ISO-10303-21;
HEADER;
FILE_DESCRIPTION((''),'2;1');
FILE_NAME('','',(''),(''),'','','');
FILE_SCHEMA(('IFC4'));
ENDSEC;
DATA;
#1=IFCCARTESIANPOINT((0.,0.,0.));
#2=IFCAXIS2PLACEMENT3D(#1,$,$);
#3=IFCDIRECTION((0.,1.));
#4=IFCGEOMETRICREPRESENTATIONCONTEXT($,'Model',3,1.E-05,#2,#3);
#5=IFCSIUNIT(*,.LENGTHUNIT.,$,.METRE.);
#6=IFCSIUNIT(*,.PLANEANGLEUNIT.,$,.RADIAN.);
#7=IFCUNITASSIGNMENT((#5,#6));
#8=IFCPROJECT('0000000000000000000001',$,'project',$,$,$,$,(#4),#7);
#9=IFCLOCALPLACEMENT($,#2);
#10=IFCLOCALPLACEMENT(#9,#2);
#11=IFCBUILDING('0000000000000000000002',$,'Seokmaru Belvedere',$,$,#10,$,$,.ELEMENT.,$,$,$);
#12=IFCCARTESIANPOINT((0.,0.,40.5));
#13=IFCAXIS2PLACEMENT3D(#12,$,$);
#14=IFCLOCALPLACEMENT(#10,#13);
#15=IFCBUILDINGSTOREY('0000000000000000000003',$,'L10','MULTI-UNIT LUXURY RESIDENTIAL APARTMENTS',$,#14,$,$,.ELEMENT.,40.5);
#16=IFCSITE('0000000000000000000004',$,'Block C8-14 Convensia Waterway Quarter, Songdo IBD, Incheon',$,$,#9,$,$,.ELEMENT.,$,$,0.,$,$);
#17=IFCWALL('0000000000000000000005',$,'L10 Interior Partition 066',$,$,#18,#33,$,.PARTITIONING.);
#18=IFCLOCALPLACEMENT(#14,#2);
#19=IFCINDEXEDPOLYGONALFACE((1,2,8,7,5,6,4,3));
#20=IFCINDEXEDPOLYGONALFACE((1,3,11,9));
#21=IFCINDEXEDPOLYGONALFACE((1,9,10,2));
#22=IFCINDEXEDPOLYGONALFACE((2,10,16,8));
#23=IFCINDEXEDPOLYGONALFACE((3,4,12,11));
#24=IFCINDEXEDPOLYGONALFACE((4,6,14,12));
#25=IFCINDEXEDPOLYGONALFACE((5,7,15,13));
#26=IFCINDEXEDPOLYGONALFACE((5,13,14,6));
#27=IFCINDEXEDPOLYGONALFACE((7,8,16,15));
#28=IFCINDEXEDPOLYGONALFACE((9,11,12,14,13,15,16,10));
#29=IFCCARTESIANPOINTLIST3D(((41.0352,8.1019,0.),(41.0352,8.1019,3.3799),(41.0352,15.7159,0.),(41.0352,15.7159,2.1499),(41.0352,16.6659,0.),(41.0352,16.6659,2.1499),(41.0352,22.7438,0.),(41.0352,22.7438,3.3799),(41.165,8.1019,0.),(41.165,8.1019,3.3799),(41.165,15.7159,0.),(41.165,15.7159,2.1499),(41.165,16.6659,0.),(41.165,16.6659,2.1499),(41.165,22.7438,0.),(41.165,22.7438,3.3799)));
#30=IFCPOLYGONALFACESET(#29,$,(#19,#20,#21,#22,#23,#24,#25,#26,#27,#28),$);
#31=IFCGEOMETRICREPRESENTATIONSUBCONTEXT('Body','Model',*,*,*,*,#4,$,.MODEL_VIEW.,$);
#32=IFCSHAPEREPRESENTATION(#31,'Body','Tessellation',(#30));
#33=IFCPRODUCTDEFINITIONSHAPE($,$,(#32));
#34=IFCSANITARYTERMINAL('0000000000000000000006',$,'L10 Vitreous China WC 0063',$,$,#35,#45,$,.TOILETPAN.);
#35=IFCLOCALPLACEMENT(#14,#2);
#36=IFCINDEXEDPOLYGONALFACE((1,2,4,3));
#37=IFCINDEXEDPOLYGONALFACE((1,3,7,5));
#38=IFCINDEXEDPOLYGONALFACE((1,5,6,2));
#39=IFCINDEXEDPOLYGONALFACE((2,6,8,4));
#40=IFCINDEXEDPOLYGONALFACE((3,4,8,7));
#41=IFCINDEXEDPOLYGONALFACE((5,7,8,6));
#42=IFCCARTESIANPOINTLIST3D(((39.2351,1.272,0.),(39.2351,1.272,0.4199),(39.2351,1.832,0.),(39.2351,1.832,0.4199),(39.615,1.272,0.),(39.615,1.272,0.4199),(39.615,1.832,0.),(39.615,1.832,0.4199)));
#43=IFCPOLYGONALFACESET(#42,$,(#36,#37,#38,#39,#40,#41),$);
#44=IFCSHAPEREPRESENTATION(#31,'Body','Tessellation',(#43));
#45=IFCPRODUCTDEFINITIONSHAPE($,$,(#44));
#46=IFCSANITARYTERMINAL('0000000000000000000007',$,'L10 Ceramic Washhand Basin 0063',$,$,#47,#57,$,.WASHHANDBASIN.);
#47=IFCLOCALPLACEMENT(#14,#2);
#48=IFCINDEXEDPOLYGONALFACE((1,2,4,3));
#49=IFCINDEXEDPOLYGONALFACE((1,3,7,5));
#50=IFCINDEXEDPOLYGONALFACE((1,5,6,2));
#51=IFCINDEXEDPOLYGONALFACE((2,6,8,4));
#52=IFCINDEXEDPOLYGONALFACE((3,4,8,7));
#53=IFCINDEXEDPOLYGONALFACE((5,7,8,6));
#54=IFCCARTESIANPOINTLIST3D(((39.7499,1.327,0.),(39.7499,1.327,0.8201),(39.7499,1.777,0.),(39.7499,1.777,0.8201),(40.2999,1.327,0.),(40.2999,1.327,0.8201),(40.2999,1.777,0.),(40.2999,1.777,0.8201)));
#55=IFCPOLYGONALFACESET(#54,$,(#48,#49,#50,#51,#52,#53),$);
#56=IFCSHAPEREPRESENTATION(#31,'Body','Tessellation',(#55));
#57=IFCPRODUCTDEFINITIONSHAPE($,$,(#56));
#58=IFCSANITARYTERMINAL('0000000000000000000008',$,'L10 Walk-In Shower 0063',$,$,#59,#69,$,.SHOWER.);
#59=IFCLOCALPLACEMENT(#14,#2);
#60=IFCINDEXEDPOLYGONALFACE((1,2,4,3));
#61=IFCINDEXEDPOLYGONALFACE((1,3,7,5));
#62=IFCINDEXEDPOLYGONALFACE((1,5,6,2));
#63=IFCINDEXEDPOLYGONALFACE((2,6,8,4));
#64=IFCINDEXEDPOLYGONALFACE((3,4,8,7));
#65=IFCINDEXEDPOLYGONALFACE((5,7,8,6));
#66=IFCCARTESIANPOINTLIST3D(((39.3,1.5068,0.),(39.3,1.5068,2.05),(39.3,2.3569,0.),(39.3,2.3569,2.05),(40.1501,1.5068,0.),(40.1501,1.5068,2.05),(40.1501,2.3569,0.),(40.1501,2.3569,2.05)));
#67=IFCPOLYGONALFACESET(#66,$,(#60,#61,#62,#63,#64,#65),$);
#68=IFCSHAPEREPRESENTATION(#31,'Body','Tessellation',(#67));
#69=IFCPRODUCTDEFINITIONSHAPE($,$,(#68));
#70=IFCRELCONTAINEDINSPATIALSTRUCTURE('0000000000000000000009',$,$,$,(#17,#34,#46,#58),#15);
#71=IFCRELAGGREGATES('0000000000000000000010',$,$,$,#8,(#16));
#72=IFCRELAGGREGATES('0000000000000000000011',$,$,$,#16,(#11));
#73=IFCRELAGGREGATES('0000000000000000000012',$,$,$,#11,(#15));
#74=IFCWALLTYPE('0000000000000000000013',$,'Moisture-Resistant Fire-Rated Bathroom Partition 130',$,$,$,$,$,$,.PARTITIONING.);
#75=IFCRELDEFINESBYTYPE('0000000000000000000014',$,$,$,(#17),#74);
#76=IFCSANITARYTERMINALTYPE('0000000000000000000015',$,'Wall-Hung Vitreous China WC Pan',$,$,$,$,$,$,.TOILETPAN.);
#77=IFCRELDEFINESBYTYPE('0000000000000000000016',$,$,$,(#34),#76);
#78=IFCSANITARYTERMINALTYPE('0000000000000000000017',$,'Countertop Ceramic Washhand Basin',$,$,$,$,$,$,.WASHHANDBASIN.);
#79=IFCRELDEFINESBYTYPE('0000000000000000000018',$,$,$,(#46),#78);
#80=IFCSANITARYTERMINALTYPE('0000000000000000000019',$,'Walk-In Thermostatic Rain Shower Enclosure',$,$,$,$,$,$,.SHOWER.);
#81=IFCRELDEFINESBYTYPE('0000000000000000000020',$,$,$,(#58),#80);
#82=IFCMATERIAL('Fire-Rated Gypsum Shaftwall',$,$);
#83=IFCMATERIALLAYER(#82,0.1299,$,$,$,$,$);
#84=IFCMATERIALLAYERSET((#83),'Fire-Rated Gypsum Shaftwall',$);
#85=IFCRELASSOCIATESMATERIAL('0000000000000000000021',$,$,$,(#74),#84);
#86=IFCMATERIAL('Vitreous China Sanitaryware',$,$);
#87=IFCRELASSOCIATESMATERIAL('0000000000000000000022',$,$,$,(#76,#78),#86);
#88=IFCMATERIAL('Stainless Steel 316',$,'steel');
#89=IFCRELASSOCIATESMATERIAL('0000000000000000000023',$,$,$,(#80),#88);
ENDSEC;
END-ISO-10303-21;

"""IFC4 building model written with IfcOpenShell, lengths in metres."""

from ifc_helpers import new_model, si_unit, direction, frame, frame_2d, origin, origin_2d, place, context, subcontext, project, spatial, rectangle, extrude, source, transform, mapped, material, layer, layer_set, type_object, type_shapes, element, save


model = new_model("IFC4")

# Units and contexts
model_context = context("Model", 3, precision=1e-05, world=origin(), true_north=direction((0.0, 1.0)))
body_context = subcontext(model_context, "Body", "Model", "MODEL_VIEW")
ifc_project = project(units=[si_unit("LENGTHUNIT", "METRE"), si_unit("PLANEANGLEUNIT", "RADIAN")], contexts=[model_context])

# Site, building, storey
site_placement = place(None, origin())
site = spatial("IfcSite", under=ifc_project, at=site_placement, Name="Block C8-14 Convensia Waterway Quarter, Songdo IBD, Incheon", CompositionType="ELEMENT", RefElevation=0.0)
building_placement = place(site_placement, origin())
building = spatial("IfcBuilding", under=site, at=building_placement, Name="Seokmaru Belvedere", CompositionType="ELEMENT")
storey_placement = place(building_placement, frame((0.0, 0.0, 40.5)))
storey = spatial("IfcBuildingStorey", under=building, at=storey_placement, Name="L10", Description="MULTI-UNIT LUXURY RESIDENTIAL APARTMENTS", CompositionType="ELEMENT", Elevation=40.5)

# Shared definitions
ifc_material_1 = material(Name="Fire-Rated Gypsum Shaftwall")

# Shared definitions
ifc_layer_1 = layer(ifc_material_1, 0.1299)
ifc_layer_set_1 = layer_set([ifc_layer_1], Name="Fire-Rated Gypsum Shaftwall")
wall_type_1 = type_object("IfcWallType", Name="Moisture-Resistant Fire-Rated Bathroom Partition 130", PredefinedType="PARTITIONING", material=ifc_layer_set_1)

# Wall, opening
wall_1_placement = place(storey_placement, frame((41.1001, 8.1021, 0.0), z_axis=(0.0, 0.0, 1.0), x_axis=(0.0, 1.0, 0.0)))
wall_1 = element("IfcWall", 1, at=wall_1_placement, inside=storey, type_object=wall_type_1, Name="L10 Interior Partition 066", PredefinedType="PARTITIONING", context=body_context, shape_type="SweptSolid", body=[
    extrude(rectangle(XDim=14.6418, YDim=0.1299, at=frame_2d((7.3208, 0.0))), origin(), (0.0, 0.0, 1.0), 3.3799),
])
opening_1_placement = place(wall_1_placement, frame((7.6138, 0.0, 0.0)))
element("IfcOpeningElement", 2, at=opening_1_placement, cuts=wall_1, PredefinedType="OPENING", context=body_context, shape_type="SweptSolid", body=[
    extrude(rectangle(XDim=0.95, YDim=2.1499, at=frame_2d((0.4751, 1.075))), frame((0.0, 0.075, 0.0), z_axis=(0.0, -1.0, 0.0), x_axis=(1.0, 0.0, 0.0)), (0.0, 0.0, 1.0), 0.1499),
])

# Sanitary terminals
ifc_material_2 = material(Name="Vitreous China Sanitaryware")
sanitary_terminal_type_1 = type_object("IfcSanitaryTerminalType", Name="Wall-Hung Vitreous China WC Pan", PredefinedType="TOILETPAN", material=ifc_material_2)
shared_shape_1 = source(origin(), body_context, "Body", "SweptSolid", [
    extrude(rectangle(XDim=0.3799, YDim=0.5601, at=origin_2d()), origin(), (0.0, 0.0, 1.0), 0.4199),
])
type_shapes(sanitary_terminal_type_1, [shared_shape_1])
sanitary_terminal_1_placement = place(storey_placement, frame((39.425, 1.552, 0.0), z_axis=(0.0, 0.0, 1.0), x_axis=(1.0, 0.0, 0.0)))
element("IfcSanitaryTerminal", 3, at=sanitary_terminal_1_placement, inside=storey, type_object=sanitary_terminal_type_1, Name="L10 Vitreous China WC 0063", PredefinedType="TOILETPAN", context=body_context, shape_type="MappedRepresentation", body=[
    mapped(shared_shape_1, transform((0.0, 0.0, 0.0), scale=1.0)),
])
sanitary_terminal_type_2 = type_object("IfcSanitaryTerminalType", Name="Countertop Ceramic Washhand Basin", PredefinedType="WASHHANDBASIN", material=ifc_material_2)
shared_shape_2 = source(origin(), body_context, "Body", "SweptSolid", [
    extrude(rectangle(XDim=0.55, YDim=0.45, at=origin_2d()), origin(), (0.0, 0.0, 1.0), 0.8201),
])
type_shapes(sanitary_terminal_type_2, [shared_shape_2])
sanitary_terminal_2_placement = place(storey_placement, frame((40.0249, 1.552, 0.0), z_axis=(0.0, 0.0, 1.0), x_axis=(1.0, 0.0, 0.0)))
element("IfcSanitaryTerminal", 4, at=sanitary_terminal_2_placement, inside=storey, type_object=sanitary_terminal_type_2, Name="L10 Ceramic Washhand Basin 0063", PredefinedType="WASHHANDBASIN", context=body_context, shape_type="MappedRepresentation", body=[
    mapped(shared_shape_2, transform((0.0, 0.0, 0.0), scale=1.0)),
])
ifc_material_3 = material(Name="Stainless Steel 316", Category="steel")
sanitary_terminal_type_3 = type_object("IfcSanitaryTerminalType", Name="Walk-In Thermostatic Rain Shower Enclosure", PredefinedType="SHOWER", material=ifc_material_3)
shared_shape_3 = source(origin(), body_context, "Body", "SweptSolid", [
    extrude(rectangle(XDim=0.8501, YDim=0.8501, at=origin_2d()), origin(), (0.0, 0.0, 1.0), 2.05),
])
type_shapes(sanitary_terminal_type_3, [shared_shape_3])
sanitary_terminal_3_placement = place(storey_placement, frame((39.7251, 1.9319, 0.0), z_axis=(0.0, 0.0, 1.0), x_axis=(1.0, 0.0, 0.0)))
element("IfcSanitaryTerminal", 5, at=sanitary_terminal_3_placement, inside=storey, type_object=sanitary_terminal_type_3, Name="L10 Walk-In Shower 0063", PredefinedType="SHOWER", context=body_context, shape_type="MappedRepresentation", body=[
    mapped(shared_shape_3, transform((0.0, 0.0, 0.0), scale=1.0)),
])

save(model, "model.ifc")
